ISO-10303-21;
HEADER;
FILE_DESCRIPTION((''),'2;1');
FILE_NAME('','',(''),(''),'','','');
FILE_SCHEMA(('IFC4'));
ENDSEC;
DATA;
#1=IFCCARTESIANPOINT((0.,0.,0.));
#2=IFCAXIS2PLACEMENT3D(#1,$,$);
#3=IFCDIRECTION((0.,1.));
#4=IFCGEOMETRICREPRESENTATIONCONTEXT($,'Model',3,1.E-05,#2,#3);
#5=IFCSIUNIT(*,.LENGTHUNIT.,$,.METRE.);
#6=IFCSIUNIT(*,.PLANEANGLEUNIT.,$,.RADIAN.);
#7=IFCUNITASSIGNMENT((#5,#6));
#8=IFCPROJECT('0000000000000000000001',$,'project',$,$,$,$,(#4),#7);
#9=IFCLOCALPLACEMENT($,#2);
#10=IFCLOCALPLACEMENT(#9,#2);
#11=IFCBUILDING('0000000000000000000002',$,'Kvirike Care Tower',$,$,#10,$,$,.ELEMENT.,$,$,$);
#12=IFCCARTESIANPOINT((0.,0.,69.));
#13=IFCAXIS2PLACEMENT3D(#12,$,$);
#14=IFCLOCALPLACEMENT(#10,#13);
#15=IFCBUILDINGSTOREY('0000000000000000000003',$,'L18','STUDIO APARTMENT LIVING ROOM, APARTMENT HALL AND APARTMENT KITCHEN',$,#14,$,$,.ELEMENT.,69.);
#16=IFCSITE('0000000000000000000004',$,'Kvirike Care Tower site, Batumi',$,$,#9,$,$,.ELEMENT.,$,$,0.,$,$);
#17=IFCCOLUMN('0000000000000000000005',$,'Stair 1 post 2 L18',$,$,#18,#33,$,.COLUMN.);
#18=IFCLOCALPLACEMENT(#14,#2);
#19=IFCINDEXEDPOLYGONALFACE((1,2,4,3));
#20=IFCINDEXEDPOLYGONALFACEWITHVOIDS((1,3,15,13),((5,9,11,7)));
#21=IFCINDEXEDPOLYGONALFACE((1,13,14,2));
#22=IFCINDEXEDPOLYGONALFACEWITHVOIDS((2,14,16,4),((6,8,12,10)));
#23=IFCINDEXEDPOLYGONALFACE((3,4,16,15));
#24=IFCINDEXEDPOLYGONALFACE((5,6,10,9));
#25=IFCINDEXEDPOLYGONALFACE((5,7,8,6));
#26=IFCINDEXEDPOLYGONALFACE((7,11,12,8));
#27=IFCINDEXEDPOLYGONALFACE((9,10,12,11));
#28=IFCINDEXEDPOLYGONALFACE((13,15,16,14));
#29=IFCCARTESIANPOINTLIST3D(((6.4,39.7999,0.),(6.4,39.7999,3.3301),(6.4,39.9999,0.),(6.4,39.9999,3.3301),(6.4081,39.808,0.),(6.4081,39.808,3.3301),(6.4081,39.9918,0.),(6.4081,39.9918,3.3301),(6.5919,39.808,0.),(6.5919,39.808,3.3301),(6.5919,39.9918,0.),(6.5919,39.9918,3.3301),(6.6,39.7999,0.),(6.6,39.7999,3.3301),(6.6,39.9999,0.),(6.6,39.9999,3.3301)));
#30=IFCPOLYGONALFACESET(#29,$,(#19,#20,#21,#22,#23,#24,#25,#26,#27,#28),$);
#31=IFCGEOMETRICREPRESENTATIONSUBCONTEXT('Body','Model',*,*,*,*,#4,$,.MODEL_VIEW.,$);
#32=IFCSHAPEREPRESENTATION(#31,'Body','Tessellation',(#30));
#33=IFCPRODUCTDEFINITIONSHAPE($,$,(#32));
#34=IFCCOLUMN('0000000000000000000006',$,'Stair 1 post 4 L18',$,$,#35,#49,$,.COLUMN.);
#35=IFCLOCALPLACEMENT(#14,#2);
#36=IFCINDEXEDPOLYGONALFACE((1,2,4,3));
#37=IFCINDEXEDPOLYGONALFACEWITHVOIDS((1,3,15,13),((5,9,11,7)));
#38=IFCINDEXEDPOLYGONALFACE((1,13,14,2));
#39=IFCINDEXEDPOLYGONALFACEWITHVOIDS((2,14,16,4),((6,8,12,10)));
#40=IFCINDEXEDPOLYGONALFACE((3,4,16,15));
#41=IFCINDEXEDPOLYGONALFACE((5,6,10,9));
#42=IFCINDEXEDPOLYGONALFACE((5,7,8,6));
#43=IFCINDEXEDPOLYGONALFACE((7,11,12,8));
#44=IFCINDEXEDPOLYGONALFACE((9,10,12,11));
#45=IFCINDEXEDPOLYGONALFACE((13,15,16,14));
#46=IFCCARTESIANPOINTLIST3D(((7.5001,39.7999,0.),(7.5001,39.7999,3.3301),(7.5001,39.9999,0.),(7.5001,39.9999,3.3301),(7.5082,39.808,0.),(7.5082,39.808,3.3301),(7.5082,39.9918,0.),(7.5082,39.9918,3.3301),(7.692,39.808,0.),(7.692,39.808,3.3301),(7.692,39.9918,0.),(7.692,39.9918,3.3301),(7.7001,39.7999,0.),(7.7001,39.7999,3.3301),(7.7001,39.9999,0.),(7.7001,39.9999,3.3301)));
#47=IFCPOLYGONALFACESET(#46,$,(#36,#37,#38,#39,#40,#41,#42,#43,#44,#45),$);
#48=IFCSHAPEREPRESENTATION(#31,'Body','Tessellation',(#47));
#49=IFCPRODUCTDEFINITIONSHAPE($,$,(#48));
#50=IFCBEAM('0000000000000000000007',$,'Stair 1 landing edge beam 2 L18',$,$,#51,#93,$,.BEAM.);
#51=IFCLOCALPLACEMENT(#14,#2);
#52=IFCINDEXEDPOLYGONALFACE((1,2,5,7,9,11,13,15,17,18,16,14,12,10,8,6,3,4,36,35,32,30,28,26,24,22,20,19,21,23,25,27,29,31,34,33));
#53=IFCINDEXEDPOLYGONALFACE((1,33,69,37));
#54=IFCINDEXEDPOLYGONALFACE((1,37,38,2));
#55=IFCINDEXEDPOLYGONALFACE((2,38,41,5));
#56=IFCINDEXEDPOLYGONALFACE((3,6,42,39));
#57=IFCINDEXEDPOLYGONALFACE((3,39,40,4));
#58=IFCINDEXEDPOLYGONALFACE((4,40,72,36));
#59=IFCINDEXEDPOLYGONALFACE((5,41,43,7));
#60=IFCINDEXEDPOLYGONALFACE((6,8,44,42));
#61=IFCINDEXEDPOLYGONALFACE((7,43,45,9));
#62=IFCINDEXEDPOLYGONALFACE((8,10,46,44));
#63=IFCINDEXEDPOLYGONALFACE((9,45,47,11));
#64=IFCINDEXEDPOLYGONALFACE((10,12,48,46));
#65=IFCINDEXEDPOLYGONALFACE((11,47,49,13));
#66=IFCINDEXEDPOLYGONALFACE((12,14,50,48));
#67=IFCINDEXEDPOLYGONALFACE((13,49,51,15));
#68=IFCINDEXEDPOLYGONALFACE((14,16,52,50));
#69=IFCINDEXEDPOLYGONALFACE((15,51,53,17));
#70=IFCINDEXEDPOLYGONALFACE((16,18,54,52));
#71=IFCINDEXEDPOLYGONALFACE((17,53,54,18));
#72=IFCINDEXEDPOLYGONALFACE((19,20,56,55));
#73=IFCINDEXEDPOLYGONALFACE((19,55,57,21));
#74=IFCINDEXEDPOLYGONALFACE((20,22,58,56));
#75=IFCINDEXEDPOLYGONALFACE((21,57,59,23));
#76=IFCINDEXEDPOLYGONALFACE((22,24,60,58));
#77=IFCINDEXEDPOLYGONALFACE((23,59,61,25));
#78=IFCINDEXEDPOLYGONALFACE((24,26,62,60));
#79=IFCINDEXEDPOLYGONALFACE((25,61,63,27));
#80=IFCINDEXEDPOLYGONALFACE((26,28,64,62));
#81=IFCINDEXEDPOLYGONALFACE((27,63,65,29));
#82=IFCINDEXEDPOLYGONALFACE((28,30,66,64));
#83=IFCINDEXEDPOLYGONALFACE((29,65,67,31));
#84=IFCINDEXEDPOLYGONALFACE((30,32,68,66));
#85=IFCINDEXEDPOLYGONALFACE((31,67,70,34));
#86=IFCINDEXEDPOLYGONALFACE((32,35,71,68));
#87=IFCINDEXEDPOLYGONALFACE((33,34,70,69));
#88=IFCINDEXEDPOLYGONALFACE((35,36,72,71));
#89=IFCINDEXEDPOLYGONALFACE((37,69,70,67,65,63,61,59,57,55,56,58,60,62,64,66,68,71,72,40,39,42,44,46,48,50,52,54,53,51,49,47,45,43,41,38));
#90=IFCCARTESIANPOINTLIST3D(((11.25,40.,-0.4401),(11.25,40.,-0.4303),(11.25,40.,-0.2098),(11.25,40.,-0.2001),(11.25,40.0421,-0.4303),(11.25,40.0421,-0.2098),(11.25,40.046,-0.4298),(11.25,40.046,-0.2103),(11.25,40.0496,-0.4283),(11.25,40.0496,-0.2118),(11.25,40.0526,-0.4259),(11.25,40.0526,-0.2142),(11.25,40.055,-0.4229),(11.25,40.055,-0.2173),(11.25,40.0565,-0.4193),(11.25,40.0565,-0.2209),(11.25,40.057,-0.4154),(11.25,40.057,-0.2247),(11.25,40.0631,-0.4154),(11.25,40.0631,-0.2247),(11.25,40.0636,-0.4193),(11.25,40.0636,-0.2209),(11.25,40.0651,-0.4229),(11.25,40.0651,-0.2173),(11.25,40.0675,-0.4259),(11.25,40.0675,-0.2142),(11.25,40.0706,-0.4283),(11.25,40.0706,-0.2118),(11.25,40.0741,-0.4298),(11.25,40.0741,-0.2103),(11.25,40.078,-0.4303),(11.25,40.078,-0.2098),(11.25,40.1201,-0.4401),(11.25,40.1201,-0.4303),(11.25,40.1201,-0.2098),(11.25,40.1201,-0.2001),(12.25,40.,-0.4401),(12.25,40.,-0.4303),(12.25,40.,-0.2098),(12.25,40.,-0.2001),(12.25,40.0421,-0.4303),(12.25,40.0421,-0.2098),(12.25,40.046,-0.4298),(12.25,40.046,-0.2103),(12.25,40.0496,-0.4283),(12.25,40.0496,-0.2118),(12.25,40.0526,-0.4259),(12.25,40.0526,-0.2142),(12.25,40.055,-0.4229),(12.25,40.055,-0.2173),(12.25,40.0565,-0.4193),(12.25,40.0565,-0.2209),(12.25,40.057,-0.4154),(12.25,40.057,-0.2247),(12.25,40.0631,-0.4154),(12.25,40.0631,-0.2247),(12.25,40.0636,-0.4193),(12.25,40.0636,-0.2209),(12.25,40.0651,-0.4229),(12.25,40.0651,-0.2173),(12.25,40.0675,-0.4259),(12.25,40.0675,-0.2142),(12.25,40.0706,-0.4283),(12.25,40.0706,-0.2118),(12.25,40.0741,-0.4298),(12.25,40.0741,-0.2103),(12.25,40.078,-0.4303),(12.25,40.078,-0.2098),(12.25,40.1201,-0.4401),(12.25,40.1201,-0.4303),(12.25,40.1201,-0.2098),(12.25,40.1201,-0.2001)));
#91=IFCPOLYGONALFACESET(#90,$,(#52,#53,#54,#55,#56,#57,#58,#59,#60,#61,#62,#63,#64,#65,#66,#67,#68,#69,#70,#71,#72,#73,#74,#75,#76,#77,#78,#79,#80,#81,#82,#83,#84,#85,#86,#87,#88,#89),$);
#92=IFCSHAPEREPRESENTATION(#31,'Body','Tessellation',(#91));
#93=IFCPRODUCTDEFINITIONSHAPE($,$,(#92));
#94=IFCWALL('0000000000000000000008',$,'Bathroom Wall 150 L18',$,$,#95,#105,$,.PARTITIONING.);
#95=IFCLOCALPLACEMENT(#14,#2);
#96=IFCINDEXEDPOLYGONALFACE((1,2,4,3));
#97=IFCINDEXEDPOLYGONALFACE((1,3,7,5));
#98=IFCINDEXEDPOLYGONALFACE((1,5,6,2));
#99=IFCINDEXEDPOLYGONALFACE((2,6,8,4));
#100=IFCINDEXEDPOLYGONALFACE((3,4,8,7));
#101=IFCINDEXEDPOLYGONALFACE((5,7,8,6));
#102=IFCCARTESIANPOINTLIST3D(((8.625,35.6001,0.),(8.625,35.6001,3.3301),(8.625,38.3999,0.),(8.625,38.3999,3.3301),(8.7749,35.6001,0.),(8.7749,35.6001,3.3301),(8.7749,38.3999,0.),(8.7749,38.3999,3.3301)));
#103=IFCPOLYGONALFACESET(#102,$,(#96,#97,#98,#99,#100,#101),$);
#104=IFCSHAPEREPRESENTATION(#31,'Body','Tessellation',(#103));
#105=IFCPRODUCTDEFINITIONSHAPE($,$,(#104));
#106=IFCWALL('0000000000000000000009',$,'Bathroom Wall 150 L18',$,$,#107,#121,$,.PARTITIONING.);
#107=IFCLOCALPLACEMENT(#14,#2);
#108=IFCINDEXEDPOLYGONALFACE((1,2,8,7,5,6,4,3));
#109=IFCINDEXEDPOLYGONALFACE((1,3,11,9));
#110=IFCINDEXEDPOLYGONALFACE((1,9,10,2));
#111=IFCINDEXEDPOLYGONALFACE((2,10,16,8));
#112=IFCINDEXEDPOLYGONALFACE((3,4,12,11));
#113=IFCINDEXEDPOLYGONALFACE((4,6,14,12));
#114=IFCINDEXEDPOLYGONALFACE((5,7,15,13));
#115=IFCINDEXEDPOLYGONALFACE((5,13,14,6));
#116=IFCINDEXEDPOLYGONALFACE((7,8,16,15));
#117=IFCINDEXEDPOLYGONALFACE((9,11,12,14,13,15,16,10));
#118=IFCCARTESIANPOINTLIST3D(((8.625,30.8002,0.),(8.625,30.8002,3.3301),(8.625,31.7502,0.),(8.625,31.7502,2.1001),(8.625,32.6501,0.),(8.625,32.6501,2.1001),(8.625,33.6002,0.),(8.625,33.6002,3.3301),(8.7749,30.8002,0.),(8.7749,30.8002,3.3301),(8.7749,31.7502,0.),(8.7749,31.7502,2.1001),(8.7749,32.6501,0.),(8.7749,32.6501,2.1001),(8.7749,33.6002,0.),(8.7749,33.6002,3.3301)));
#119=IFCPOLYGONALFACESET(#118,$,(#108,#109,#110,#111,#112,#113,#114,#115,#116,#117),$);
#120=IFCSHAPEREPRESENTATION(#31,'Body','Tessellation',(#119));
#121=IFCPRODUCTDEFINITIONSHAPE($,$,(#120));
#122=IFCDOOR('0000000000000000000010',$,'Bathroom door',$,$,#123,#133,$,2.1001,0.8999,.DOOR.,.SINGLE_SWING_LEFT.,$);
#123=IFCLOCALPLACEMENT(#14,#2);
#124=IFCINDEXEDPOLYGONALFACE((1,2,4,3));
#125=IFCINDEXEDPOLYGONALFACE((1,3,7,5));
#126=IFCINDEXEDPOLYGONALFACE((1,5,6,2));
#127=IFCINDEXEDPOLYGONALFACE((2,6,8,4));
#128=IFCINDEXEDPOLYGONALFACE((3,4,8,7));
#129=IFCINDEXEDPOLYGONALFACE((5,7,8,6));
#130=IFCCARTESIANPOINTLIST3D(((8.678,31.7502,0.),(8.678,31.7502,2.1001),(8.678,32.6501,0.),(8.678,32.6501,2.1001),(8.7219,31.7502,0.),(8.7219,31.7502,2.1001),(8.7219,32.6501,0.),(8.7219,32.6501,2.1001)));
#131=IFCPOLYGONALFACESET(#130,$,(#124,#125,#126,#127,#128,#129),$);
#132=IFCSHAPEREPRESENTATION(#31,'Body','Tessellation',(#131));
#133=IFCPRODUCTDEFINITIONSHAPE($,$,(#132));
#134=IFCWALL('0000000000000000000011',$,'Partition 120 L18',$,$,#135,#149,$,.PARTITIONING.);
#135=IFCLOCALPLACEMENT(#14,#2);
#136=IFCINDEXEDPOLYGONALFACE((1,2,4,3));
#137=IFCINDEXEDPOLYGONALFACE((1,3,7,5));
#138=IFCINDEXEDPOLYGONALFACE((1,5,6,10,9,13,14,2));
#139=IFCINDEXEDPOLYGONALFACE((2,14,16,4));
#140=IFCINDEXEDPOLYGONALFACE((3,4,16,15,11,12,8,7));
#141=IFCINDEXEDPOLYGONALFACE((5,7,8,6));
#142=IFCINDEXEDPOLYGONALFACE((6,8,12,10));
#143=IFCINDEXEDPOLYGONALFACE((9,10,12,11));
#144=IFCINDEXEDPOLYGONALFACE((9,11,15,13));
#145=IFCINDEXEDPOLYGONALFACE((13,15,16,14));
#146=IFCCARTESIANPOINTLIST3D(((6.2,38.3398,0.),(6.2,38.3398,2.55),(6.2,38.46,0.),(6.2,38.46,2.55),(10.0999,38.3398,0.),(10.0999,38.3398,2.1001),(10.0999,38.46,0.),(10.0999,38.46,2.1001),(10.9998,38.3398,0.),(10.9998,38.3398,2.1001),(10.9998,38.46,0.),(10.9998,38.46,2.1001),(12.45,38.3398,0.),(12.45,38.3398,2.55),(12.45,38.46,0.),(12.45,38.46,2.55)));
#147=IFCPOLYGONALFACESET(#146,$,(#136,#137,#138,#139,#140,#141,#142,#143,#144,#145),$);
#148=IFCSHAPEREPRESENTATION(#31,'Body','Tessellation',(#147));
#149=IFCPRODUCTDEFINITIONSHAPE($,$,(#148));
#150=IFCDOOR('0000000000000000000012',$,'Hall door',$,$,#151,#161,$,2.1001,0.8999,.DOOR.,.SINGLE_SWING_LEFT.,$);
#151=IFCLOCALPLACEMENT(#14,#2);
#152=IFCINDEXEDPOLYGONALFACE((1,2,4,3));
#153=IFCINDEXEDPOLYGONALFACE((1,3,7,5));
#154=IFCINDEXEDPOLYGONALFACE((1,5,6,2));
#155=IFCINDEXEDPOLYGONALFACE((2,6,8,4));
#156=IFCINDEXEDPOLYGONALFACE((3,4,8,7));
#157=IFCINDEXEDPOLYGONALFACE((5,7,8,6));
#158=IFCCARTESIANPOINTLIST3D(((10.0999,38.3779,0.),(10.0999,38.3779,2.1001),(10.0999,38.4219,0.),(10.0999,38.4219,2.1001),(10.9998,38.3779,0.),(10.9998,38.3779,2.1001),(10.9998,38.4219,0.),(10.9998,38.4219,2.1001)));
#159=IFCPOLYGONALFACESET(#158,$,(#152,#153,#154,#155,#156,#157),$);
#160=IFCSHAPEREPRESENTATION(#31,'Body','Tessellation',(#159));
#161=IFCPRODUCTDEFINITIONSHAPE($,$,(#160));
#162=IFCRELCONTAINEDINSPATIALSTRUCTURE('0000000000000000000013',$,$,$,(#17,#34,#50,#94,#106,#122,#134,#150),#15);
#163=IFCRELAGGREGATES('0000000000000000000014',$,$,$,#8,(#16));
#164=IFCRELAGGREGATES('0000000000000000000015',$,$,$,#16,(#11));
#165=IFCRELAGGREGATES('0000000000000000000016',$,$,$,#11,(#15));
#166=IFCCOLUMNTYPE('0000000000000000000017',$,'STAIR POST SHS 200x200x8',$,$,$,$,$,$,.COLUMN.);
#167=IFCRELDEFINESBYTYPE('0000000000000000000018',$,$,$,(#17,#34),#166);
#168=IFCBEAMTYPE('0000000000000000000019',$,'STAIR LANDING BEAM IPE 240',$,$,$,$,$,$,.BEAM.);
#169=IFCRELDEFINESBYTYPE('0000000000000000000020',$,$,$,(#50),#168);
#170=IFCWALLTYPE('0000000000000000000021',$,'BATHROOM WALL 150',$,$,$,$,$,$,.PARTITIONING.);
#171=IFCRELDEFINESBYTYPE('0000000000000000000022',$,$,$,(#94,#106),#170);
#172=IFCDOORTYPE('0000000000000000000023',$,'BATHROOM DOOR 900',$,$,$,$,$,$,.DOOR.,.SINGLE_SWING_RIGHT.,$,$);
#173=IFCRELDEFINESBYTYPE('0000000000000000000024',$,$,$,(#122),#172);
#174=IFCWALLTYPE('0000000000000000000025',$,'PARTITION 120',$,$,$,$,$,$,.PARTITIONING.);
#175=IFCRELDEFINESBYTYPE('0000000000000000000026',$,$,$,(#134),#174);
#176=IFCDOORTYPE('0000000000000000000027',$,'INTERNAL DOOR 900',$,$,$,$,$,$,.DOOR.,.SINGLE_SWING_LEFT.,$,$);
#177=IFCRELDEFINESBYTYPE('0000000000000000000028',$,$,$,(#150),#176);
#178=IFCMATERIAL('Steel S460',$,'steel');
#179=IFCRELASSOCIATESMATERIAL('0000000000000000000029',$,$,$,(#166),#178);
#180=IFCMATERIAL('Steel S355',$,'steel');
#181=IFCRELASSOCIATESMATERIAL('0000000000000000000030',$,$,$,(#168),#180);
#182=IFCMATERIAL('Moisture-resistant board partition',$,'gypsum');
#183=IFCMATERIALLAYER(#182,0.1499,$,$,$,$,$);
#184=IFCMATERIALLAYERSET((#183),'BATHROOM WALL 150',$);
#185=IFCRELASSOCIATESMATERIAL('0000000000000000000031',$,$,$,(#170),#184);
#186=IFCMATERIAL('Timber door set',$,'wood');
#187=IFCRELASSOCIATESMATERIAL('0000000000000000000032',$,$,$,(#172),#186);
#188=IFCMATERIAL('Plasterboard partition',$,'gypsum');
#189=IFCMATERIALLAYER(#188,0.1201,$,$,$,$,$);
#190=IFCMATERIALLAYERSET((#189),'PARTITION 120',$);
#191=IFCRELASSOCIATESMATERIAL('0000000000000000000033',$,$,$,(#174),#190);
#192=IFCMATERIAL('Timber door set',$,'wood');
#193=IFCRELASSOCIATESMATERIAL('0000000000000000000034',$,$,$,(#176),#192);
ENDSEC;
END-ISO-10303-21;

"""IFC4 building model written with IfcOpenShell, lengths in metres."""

from ifc_helpers import new_model, si_unit, direction, frame, frame_2d, origin, origin_2d, place, context, subcontext, project, spatial, rectangle, hollow_rectangle, i_section, extrude, material, layer, layer_set, material_profile, profile_set, type_object, element, fill, save


model = new_model("IFC4")

# Units and contexts
model_context = context("Model", 3, precision=1e-05, world=origin(), true_north=direction((0.0, 1.0)))
body_context = subcontext(model_context, "Body", "Model", "MODEL_VIEW")
ifc_project = project(units=[si_unit("LENGTHUNIT", "METRE"), si_unit("PLANEANGLEUNIT", "RADIAN")], contexts=[model_context])

# Site, building, storey
site_placement = place(None, origin())
site = spatial("IfcSite", under=ifc_project, at=site_placement, Name="Kvirike Care Tower site, Batumi", CompositionType="ELEMENT", RefElevation=0.0)
building_placement = place(site_placement, origin())
building = spatial("IfcBuilding", under=site, at=building_placement, Name="Kvirike Care Tower", CompositionType="ELEMENT")
storey_placement = place(building_placement, frame((0.0, 0.0, 69.0)))
storey = spatial("IfcBuildingStorey", under=building, at=storey_placement, Name="L18", Description="STUDIO APARTMENT LIVING ROOM, APARTMENT HALL AND APARTMENT KITCHEN", CompositionType="ELEMENT", Elevation=69.0)

# Columns
ifc_material_1 = material(Name="Steel S460", Category="steel")
ifc_material_profile_1 = material_profile(ifc_material_1, hollow_rectangle(XDim=0.2, YDim=0.2, WallThickness=0.0081, at=origin_2d()), Name="SHS 200x200x8")
ifc_profile_set_1 = profile_set([ifc_material_profile_1], Name="Steel S460")
column_type = type_object("IfcColumnType", Name="STAIR POST SHS 200x200x8", PredefinedType="COLUMN", material=ifc_profile_set_1)
for number, where, z_axis, x_axis, name in (
    (1, (6.5, 39.8999, 0.0), (0.0, 0.0, 1.0), (1.0, 0.0, 0.0), "Stair 1 post 2 L18"),
    (2, (7.6001, 39.8999, 0.0), (0.0, 0.0, 1.0), (1.0, 0.0, 0.0), "Stair 1 post 4 L18"),
):
    element("IfcColumn", number, at=place(storey_placement, frame(where, z_axis=z_axis, x_axis=x_axis)), inside=storey, type_object=column_type, Name=name, PredefinedType="COLUMN", context=body_context, shape_type="SweptSolid", body=[
        extrude(hollow_rectangle(XDim=0.2, YDim=0.2, WallThickness=0.0081, at=origin_2d()), origin(), (0.0, 0.0, 1.0), 3.3301),
    ])

# Beam
ifc_material_2 = material(Name="Steel S355", Category="steel")
ifc_material_profile_2 = material_profile(ifc_material_2, i_section(OverallWidth=0.1201, OverallDepth=0.24, WebThickness=0.0061, FlangeThickness=0.0098, FilletRadius=0.0149, at=origin_2d()), Name="IPE 240")
ifc_profile_set_2 = profile_set([ifc_material_profile_2], Name="Steel S355")
beam_type = type_object("IfcBeamType", Name="STAIR LANDING BEAM IPE 240", PredefinedType="BEAM", material=ifc_profile_set_2)
beam_placement = place(storey_placement, frame((11.25, 40.0601, -0.3201), z_axis=(1.0, 0.0, 0.0), x_axis=(0.0, 1.0, 0.0)))
element("IfcBeam", 3, at=beam_placement, inside=storey, type_object=beam_type, Name="Stair 1 landing edge beam 2 L18", PredefinedType="BEAM", context=body_context, shape_type="SweptSolid", body=[
    extrude(i_section(OverallWidth=0.1201, OverallDepth=0.24, WebThickness=0.0061, FlangeThickness=0.0098, FilletRadius=0.0149, at=origin_2d()), origin(), (0.0, 0.0, 1.0), 1.0),
])

# Wall
ifc_material_3 = material(Name="Moisture-resistant board partition", Category="gypsum")
ifc_layer_1 = layer(ifc_material_3, 0.1499)
ifc_layer_set_1 = layer_set([ifc_layer_1], Name="BATHROOM WALL 150")
wall_type_1 = type_object("IfcWallType", Name="BATHROOM WALL 150", PredefinedType="PARTITIONING", material=ifc_layer_set_1)
wall_1_placement = place(storey_placement, frame((8.7, 38.3999, 0.0), z_axis=(0.0, 0.0, 1.0), x_axis=(0.0, -1.0, 0.0)))
element("IfcWall", 4, at=wall_1_placement, inside=storey, type_object=wall_type_1, Name="Bathroom Wall 150 L18", PredefinedType="PARTITIONING", context=body_context, shape_type="SweptSolid", body=[
    extrude(rectangle(XDim=2.7998, YDim=0.1499, at=frame_2d((1.3999, 0.0))), origin(), (0.0, 0.0, 1.0), 3.3301),
])

# Walls, openings, doors
wall_2_placement = place(storey_placement, frame((8.7, 33.6001, 0.0), z_axis=(0.0, 0.0, 1.0), x_axis=(0.0, -1.0, 0.0)))
wall_2 = element("IfcWall", 5, at=wall_2_placement, inside=storey, type_object=wall_type_1, Name="Bathroom Wall 150 L18", PredefinedType="PARTITIONING", context=body_context, shape_type="SweptSolid", body=[
    extrude(rectangle(XDim=2.8, YDim=0.1499, at=frame_2d((1.3999, 0.0))), origin(), (0.0, 0.0, 1.0), 3.3301),
])
opening_1_placement = place(wall_2_placement, frame((0.95, 0.0, 0.0)))
opening_1 = element("IfcOpeningElement", 6, at=opening_1_placement, cuts=wall_2, PredefinedType="OPENING", context=body_context, shape_type="SweptSolid", body=[
    extrude(rectangle(XDim=0.8999, YDim=2.1001, at=frame_2d((0.45, 1.05))), frame((0.0, 0.0854, 0.0), z_axis=(0.0, -1.0, 0.0), x_axis=(1.0, 0.0, 0.0)), (0.0, 0.0, 1.0), 0.1709),
])
ifc_material_4 = material(Name="Timber door set", Category="wood")
door_type_1 = type_object("IfcDoorType", Name="BATHROOM DOOR 900", OperationType="SINGLE_SWING_RIGHT", PredefinedType="DOOR", material=ifc_material_4)
door_1_placement = place(opening_1_placement, frame((0.8999, 0.0, 0.0), z_axis=(0.0, 0.0, 1.0), x_axis=(-1.0, 0.0, 0.0)))
door_1 = element("IfcDoor", 7, at=door_1_placement, inside=storey, type_object=door_type_1, Name="Bathroom door", OperationType="SINGLE_SWING_LEFT", OverallHeight=2.1001, OverallWidth=0.8999, PredefinedType="DOOR", context=body_context, shape_type="SweptSolid", body=[
    extrude(rectangle(XDim=0.8999, YDim=2.1001, at=frame_2d((0.45, 1.05))), frame((0.0, 0.022, 0.0), z_axis=(0.0, -1.0, 0.0), x_axis=(1.0, 0.0, 0.0)), (0.0, 0.0, 1.0), 0.0439),
])
fill(opening_1, door_1)
ifc_material_5 = material(Name="Plasterboard partition", Category="gypsum")
ifc_layer_2 = layer(ifc_material_5, 0.1201)
ifc_layer_set_2 = layer_set([ifc_layer_2], Name="PARTITION 120")
wall_type_2 = type_object("IfcWallType", Name="PARTITION 120", PredefinedType="PARTITIONING", material=ifc_layer_set_2)
wall_3_placement = place(storey_placement, frame((6.2, 38.3999, 0.0), z_axis=(0.0, 0.0, 1.0), x_axis=(1.0, 0.0, 0.0)))
wall_3 = element("IfcWall", 8, at=wall_3_placement, inside=storey, type_object=wall_type_2, Name="Partition 120 L18", PredefinedType="PARTITIONING", context=body_context, shape_type="SweptSolid", body=[
    extrude(rectangle(XDim=6.25, YDim=0.1201, at=frame_2d((3.125, 0.0))), origin(), (0.0, 0.0, 1.0), 2.55),
])
opening_2_placement = place(wall_3_placement, frame((3.8999, 0.0, 0.0)))
opening_2 = element("IfcOpeningElement", 9, at=opening_2_placement, cuts=wall_3, PredefinedType="OPENING", context=body_context, shape_type="SweptSolid", body=[
    extrude(rectangle(XDim=0.8999, YDim=2.1001, at=frame_2d((0.45, 1.05))), frame((0.0, 0.0706, 0.0), z_axis=(0.0, -1.0, 0.0), x_axis=(1.0, 0.0, 0.0)), (0.0, 0.0, 1.0), 0.1411),
])
ifc_material_6 = material(Name="Timber door set", Category="wood")
door_type_2 = type_object("IfcDoorType", Name="INTERNAL DOOR 900", OperationType="SINGLE_SWING_LEFT", PredefinedType="DOOR", material=ifc_material_6)
door_2_placement = place(opening_2_placement, origin())
door_2 = element("IfcDoor", 10, at=door_2_placement, inside=storey, type_object=door_type_2, Name="Hall door", OperationType="SINGLE_SWING_LEFT", OverallHeight=2.1001, OverallWidth=0.8999, PredefinedType="DOOR", context=body_context, shape_type="SweptSolid", body=[
    extrude(rectangle(XDim=0.8999, YDim=2.1001, at=frame_2d((0.45, 1.05))), frame((0.0, 0.022, 0.0), z_axis=(0.0, -1.0, 0.0), x_axis=(1.0, 0.0, 0.0)), (0.0, 0.0, 1.0), 0.0439),
])
fill(opening_2, door_2)

save(model, "model.ifc")
